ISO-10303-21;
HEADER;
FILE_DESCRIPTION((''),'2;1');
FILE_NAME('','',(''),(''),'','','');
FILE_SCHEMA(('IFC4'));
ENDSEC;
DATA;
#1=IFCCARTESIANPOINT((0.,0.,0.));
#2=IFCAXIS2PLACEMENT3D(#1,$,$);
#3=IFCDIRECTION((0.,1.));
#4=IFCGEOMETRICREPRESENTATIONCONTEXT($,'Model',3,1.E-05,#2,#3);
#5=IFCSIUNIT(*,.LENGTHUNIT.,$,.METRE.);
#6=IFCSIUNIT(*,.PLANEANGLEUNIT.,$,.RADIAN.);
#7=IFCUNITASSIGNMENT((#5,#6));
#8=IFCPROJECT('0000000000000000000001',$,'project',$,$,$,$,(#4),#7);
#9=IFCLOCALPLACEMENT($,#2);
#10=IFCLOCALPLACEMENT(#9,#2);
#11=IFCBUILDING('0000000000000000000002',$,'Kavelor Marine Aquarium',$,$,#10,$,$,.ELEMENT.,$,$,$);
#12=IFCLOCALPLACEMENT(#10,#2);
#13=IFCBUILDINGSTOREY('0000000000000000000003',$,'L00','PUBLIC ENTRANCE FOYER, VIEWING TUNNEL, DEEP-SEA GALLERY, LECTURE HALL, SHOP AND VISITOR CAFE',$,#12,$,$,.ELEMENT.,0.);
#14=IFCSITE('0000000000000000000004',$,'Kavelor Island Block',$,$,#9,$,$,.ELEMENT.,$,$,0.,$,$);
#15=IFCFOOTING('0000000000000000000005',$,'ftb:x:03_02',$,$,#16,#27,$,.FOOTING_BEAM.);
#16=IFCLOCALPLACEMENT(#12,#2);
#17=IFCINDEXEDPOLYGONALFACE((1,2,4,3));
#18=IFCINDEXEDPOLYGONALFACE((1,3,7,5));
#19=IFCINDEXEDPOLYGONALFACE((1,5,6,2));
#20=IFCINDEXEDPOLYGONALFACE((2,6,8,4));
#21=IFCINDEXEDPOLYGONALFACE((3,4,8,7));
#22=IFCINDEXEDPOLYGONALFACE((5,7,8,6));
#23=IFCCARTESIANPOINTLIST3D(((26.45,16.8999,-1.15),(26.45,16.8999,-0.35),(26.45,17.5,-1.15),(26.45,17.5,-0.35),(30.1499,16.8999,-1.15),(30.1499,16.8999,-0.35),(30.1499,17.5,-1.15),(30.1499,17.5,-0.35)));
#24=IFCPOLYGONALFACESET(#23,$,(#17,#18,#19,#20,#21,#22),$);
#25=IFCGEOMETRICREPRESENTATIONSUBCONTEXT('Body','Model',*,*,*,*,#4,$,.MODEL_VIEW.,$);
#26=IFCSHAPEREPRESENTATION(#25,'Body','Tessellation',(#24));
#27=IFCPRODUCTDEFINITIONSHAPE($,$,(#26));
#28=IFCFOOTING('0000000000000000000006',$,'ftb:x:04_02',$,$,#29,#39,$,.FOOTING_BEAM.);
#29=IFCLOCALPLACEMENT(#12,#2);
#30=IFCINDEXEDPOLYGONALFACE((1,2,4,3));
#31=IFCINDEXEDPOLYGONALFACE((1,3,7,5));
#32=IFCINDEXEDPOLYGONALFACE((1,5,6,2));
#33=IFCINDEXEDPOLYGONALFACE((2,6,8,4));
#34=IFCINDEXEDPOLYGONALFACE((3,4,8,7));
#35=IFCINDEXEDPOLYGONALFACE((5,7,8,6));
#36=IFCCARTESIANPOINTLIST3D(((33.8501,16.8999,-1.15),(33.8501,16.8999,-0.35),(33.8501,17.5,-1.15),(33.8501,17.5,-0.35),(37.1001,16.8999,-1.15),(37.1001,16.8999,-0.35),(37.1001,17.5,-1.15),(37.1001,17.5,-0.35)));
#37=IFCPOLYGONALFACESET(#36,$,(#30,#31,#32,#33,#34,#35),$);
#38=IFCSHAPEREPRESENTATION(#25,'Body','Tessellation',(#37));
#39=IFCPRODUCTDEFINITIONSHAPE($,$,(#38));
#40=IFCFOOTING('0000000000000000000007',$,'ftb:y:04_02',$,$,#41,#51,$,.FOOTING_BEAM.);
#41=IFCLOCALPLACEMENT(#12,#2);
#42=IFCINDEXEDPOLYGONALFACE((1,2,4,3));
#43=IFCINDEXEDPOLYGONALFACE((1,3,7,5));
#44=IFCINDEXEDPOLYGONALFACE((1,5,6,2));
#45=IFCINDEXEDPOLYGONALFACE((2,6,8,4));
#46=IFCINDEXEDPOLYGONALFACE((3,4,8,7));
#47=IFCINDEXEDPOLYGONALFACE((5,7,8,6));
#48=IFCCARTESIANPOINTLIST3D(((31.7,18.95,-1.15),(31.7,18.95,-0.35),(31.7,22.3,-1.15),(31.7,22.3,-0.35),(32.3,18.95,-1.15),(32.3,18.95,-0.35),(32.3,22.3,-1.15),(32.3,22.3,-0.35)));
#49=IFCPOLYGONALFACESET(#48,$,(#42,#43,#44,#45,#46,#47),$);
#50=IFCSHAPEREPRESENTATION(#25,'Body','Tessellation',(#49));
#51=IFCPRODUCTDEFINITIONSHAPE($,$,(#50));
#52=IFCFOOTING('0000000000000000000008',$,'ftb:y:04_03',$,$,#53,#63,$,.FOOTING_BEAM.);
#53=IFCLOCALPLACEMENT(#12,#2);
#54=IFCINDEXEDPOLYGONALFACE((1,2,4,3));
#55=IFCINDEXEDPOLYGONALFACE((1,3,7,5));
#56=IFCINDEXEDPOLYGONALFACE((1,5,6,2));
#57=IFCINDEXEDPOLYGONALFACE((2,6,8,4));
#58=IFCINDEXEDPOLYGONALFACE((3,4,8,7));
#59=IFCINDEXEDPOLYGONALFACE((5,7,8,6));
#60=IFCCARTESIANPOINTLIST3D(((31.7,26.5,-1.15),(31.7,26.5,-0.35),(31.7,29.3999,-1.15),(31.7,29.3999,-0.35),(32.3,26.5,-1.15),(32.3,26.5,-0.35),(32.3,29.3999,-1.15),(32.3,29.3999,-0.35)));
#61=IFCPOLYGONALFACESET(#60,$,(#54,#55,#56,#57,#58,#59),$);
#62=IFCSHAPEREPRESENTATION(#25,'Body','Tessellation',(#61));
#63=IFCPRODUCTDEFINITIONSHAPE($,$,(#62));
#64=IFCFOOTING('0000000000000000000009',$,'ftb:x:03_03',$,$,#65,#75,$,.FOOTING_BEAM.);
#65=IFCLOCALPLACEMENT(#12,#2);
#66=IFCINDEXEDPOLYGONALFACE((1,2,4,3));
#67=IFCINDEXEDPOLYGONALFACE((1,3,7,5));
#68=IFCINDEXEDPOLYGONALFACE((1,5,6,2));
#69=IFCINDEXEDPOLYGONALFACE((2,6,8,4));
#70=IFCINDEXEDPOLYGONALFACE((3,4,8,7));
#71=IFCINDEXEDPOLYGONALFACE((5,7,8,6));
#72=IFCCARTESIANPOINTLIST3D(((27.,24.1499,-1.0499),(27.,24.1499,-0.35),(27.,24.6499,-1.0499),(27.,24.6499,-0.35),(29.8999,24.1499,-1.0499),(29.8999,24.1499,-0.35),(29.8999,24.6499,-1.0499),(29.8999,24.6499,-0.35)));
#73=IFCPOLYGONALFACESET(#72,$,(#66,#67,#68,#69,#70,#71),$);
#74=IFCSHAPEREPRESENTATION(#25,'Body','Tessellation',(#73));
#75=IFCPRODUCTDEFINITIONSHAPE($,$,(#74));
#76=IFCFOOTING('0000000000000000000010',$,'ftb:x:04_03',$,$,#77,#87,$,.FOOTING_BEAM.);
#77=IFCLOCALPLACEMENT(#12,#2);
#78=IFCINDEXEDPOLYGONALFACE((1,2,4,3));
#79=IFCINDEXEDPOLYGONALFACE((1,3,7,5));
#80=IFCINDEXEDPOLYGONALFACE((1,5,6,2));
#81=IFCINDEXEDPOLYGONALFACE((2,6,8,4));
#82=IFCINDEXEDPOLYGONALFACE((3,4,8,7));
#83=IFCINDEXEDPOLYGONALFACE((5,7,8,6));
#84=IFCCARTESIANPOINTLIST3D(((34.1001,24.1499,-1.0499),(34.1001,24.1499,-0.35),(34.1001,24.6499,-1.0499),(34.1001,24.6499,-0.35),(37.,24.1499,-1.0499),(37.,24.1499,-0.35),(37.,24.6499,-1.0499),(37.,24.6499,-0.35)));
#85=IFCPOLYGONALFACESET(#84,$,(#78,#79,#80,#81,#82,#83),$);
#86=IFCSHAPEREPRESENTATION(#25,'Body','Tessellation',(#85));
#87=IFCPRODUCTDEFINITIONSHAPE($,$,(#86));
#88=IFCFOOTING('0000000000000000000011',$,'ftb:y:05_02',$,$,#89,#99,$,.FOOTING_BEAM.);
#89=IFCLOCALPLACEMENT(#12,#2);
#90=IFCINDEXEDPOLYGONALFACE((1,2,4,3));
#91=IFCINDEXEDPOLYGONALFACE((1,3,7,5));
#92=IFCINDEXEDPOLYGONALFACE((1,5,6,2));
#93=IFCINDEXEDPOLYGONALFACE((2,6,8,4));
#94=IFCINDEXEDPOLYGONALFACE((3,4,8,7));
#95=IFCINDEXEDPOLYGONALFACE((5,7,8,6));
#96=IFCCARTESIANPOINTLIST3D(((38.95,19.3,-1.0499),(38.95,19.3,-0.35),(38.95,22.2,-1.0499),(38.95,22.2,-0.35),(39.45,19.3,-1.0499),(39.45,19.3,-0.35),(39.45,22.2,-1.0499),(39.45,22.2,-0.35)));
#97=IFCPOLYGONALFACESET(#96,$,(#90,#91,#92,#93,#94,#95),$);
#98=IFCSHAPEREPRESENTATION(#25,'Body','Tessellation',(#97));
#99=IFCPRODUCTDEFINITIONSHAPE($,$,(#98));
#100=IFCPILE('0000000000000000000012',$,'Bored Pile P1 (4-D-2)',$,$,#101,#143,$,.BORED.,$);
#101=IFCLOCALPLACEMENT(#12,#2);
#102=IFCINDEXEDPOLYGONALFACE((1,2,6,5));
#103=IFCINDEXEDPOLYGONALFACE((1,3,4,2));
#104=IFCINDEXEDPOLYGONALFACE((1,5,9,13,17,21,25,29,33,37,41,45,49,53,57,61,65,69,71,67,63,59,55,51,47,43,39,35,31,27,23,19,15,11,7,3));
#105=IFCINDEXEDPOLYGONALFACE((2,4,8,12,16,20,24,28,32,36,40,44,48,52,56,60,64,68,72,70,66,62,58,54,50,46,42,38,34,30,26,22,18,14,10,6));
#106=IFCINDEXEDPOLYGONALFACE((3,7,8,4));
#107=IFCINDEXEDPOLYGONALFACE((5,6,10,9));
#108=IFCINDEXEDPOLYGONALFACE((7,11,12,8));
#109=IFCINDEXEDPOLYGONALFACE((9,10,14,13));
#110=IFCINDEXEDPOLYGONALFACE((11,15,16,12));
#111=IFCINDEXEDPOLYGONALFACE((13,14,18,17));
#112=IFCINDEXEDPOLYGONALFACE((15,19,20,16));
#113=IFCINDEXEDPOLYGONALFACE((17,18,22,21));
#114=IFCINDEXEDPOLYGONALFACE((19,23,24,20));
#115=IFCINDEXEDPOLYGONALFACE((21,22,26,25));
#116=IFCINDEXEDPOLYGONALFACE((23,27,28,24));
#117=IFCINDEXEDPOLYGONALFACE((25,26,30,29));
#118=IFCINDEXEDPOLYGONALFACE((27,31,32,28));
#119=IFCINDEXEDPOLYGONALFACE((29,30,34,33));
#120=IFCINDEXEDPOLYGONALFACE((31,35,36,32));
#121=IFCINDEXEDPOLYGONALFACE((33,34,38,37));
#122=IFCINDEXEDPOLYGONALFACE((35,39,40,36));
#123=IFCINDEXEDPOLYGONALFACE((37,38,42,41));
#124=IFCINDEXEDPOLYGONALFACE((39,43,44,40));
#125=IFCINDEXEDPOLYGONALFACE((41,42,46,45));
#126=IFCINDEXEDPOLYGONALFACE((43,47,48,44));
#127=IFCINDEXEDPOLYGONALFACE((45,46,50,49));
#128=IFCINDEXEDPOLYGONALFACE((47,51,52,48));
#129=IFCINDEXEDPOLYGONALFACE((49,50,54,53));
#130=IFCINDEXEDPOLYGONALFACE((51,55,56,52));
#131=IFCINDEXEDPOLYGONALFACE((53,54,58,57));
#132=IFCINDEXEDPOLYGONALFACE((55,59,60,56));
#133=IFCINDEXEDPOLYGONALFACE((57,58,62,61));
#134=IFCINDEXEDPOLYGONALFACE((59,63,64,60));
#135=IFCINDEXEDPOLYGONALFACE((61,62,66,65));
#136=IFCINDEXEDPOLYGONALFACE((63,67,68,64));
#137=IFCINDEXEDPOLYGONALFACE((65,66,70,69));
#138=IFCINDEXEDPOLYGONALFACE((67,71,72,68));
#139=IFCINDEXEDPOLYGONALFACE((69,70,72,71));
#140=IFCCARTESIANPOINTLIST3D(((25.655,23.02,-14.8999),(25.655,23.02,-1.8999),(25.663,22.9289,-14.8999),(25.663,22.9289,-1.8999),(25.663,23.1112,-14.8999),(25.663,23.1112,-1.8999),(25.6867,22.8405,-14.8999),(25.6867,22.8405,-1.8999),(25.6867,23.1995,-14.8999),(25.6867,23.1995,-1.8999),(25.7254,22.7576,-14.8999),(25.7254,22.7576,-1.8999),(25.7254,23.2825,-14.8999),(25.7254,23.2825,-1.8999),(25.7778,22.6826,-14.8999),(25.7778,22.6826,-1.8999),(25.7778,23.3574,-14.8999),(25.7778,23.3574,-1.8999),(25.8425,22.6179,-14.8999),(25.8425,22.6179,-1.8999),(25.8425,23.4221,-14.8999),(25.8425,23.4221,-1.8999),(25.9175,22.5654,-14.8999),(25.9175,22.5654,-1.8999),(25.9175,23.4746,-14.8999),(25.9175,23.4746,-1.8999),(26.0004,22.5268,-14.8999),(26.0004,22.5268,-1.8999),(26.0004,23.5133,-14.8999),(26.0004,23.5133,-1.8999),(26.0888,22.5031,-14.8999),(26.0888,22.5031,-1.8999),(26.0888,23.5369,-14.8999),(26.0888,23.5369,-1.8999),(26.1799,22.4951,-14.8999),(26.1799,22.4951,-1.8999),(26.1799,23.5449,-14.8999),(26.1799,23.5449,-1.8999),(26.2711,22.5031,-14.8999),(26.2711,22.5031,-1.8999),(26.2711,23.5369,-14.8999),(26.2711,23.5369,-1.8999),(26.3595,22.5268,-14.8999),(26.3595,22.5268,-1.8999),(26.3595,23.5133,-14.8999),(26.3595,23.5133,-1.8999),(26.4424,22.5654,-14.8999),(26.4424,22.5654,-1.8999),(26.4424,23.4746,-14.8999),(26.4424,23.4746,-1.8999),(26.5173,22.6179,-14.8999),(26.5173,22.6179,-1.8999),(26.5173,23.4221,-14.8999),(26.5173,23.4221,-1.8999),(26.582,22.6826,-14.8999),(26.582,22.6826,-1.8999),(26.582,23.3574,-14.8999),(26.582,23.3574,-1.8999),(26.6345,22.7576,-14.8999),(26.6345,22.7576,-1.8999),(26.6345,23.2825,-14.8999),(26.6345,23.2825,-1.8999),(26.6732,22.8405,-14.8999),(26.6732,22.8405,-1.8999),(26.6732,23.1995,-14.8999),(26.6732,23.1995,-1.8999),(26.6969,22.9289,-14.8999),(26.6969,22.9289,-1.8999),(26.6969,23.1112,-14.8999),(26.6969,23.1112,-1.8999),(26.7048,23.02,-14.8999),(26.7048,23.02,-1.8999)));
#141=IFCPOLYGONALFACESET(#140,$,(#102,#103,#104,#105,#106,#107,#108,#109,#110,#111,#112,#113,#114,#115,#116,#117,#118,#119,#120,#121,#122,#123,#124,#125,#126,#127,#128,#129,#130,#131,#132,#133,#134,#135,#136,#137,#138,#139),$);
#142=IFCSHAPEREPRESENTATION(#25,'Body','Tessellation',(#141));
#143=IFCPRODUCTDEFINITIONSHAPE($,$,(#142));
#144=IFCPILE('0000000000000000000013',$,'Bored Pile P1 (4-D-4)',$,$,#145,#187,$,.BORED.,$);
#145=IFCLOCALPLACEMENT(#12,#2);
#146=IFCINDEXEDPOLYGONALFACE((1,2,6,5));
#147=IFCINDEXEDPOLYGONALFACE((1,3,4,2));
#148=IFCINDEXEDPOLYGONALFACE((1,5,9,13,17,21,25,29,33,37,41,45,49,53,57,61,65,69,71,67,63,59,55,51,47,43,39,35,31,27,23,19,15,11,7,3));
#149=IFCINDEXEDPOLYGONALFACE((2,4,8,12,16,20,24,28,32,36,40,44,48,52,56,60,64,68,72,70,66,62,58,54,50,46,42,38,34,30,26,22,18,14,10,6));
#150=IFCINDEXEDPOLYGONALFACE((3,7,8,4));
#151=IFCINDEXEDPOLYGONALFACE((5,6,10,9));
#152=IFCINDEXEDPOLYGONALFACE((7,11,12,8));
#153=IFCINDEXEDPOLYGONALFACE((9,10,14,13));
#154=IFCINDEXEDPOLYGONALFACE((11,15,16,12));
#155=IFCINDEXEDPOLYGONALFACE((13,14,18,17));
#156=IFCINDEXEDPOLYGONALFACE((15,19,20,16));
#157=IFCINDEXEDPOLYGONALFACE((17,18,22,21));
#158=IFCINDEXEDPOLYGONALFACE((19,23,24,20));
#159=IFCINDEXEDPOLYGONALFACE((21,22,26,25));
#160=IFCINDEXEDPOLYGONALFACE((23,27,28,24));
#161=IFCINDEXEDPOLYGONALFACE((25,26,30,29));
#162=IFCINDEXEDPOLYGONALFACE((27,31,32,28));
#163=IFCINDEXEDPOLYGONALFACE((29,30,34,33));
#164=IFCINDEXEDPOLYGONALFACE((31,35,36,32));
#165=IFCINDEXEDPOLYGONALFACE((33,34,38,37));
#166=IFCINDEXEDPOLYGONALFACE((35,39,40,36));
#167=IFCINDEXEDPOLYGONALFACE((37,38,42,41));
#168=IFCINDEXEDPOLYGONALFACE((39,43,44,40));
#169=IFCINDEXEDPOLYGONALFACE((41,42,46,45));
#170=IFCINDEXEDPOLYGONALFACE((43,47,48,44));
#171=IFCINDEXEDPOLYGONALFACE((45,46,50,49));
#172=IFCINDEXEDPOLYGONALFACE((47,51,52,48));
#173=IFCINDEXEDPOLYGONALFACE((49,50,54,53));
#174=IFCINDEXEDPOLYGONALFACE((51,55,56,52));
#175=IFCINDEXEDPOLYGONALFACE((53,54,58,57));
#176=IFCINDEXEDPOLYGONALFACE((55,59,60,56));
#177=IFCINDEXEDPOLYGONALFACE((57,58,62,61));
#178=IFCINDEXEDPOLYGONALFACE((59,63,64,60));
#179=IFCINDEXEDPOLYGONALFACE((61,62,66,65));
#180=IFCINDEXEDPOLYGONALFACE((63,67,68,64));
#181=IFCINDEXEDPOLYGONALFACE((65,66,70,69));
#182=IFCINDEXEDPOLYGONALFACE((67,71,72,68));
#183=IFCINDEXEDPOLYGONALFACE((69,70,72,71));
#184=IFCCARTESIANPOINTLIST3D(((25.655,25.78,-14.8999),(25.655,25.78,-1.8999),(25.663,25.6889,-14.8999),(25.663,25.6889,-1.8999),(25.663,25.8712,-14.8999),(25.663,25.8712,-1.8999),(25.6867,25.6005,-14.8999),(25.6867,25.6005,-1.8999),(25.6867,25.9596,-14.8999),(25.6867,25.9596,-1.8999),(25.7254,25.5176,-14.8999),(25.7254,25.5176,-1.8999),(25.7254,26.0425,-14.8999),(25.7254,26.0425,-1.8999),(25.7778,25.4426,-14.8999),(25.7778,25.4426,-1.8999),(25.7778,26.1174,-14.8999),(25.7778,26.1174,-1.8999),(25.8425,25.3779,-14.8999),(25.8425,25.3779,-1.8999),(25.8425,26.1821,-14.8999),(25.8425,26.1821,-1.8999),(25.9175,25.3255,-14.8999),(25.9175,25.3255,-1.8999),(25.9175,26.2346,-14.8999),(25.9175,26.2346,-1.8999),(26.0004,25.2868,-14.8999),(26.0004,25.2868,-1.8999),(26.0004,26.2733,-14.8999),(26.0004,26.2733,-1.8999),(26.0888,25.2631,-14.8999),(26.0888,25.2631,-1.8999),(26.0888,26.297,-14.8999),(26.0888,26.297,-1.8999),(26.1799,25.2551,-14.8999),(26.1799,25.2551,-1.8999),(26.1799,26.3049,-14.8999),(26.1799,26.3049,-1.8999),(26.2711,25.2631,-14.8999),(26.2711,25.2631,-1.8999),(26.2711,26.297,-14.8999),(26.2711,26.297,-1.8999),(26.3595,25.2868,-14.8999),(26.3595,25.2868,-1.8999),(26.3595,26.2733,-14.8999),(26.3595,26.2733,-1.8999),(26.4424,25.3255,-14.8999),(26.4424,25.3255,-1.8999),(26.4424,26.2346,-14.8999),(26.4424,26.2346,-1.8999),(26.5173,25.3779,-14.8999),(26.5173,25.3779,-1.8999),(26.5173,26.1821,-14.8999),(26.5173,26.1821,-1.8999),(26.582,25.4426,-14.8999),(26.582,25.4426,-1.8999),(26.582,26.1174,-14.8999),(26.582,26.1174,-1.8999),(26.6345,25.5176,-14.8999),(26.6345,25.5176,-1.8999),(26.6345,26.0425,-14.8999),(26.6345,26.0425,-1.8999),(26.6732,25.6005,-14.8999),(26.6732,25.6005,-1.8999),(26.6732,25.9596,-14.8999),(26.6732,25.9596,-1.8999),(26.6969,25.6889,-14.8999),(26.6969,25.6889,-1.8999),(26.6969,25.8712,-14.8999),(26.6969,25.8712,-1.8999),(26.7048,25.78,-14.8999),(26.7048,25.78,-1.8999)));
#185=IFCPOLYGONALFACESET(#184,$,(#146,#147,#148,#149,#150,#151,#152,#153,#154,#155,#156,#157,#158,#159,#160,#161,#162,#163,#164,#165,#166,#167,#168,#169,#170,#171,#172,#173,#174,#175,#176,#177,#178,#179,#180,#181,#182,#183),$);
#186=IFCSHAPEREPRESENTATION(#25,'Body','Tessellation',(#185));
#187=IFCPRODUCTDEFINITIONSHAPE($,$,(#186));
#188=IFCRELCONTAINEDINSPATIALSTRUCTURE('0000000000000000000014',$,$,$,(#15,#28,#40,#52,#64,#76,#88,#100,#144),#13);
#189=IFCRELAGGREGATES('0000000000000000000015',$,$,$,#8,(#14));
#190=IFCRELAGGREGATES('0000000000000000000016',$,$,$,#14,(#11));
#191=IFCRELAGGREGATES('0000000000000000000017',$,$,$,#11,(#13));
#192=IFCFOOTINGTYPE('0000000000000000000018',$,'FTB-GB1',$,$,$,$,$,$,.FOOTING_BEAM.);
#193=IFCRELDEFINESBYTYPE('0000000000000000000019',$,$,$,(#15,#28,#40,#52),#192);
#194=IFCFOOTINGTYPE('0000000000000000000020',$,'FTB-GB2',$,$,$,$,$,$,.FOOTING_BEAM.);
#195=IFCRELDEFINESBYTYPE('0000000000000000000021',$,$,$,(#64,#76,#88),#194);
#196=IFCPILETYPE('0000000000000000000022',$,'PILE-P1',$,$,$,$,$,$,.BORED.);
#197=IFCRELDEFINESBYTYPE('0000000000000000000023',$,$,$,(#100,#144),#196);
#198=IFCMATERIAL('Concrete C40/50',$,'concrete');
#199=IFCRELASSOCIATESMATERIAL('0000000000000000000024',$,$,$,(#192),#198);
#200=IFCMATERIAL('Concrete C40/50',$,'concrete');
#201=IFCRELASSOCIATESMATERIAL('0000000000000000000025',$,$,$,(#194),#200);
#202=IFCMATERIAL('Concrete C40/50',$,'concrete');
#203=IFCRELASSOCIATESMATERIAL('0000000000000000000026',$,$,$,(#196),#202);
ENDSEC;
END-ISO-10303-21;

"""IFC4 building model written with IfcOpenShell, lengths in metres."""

from ifc_helpers import new_model, si_unit, direction, frame, origin, origin_2d, place, context, subcontext, project, spatial, rectangle, circle, extrude, material, material_profile, profile_set, type_object, element, save


model = new_model("IFC4")

# Units and contexts
model_context = context("Model", 3, precision=1e-05, world=origin(), true_north=direction((0.0, 1.0)))
body_context = subcontext(model_context, "Body", "Model", "MODEL_VIEW")
ifc_project = project(units=[si_unit("LENGTHUNIT", "METRE"), si_unit("PLANEANGLEUNIT", "RADIAN")], contexts=[model_context])

# Site, building, storey
site_placement = place(None, origin())
site = spatial("IfcSite", under=ifc_project, at=site_placement, Name="Kavelor Island Block", CompositionType="ELEMENT", RefElevation=0.0)
building_placement = place(site_placement, origin())
building = spatial("IfcBuilding", under=site, at=building_placement, Name="Kavelor Marine Aquarium", CompositionType="ELEMENT")
storey_placement = place(building_placement, origin())
storey = spatial("IfcBuildingStorey", under=building, at=storey_placement, Name="L00", Description="PUBLIC ENTRANCE FOYER, VIEWING TUNNEL, DEEP-SEA GALLERY, LECTURE HALL, SHOP AND VISITOR CAFE", CompositionType="ELEMENT", Elevation=0.0)

# Footings
ifc_material_1 = material(Name="Concrete C40/50", Category="concrete")
ifc_material_profile_1 = material_profile(ifc_material_1, rectangle(XDim=0.6001, YDim=0.8, at=origin_2d()), Name="GB 600x800")
ifc_profile_set_1 = profile_set([ifc_material_profile_1], Name="Concrete C40/50")
footing_type_1 = type_object("IfcFootingType", Name="FTB-GB1", PredefinedType="FOOTING_BEAM", material=ifc_profile_set_1)
footing_1_placement = place(storey_placement, frame((26.45, 17.2, -0.75), z_axis=(1.0, 0.0, 0.0), x_axis=(0.0, 1.0, 0.0)))
element("IfcFooting", 1, at=footing_1_placement, inside=storey, type_object=footing_type_1, Name="ftb:x:03_02", PredefinedType="FOOTING_BEAM", context=body_context, shape_type="SweptSolid", body=[
    extrude(rectangle(XDim=0.6001, YDim=0.8, at=origin_2d()), origin(), (0.0, 0.0, 1.0), 3.7),
])
footing_2_placement = place(storey_placement, frame((33.8501, 17.2, -0.75), z_axis=(1.0, 0.0, 0.0), x_axis=(0.0, 1.0, 0.0)))
element("IfcFooting", 2, at=footing_2_placement, inside=storey, type_object=footing_type_1, Name="ftb:x:04_02", PredefinedType="FOOTING_BEAM", context=body_context, shape_type="SweptSolid", body=[
    extrude(rectangle(XDim=0.6001, YDim=0.8, at=origin_2d()), origin(), (0.0, 0.0, 1.0), 3.25),
])
footing_3_placement = place(storey_placement, frame((32.0, 18.95, -0.75), z_axis=(0.0, 1.0, 0.0), x_axis=(-1.0, 0.0, 0.0)))
element("IfcFooting", 3, at=footing_3_placement, inside=storey, type_object=footing_type_1, Name="ftb:y:04_02", PredefinedType="FOOTING_BEAM", context=body_context, shape_type="SweptSolid", body=[
    extrude(rectangle(XDim=0.6001, YDim=0.8, at=origin_2d()), origin(), (0.0, 0.0, 1.0), 3.3501),
])
footing_4_placement = place(storey_placement, frame((32.0, 26.5, -0.75), z_axis=(0.0, 1.0, 0.0), x_axis=(-1.0, 0.0, 0.0)))
element("IfcFooting", 4, at=footing_4_placement, inside=storey, type_object=footing_type_1, Name="ftb:y:04_03", PredefinedType="FOOTING_BEAM", context=body_context, shape_type="SweptSolid", body=[
    extrude(rectangle(XDim=0.6001, YDim=0.8, at=origin_2d()), origin(), (0.0, 0.0, 1.0), 2.8999),
])
ifc_material_2 = material(Name="Concrete C40/50", Category="concrete")
ifc_material_profile_2 = material_profile(ifc_material_2, rectangle(XDim=0.5, YDim=0.7, at=origin_2d()), Name="GB 500x700")
ifc_profile_set_2 = profile_set([ifc_material_profile_2], Name="Concrete C40/50")
footing_type_2 = type_object("IfcFootingType", Name="FTB-GB2", PredefinedType="FOOTING_BEAM", material=ifc_profile_set_2)
for number, where, z_axis, x_axis, name in (
    (5, (27.0, 24.3999, -0.7), (1.0, 0.0, 0.0), (0.0, 1.0, 0.0), "ftb:x:03_03"),
    (6, (34.1001, 24.3999, -0.7), (1.0, 0.0, 0.0), (0.0, 1.0, 0.0), "ftb:x:04_03"),
    (7, (39.2, 19.3, -0.7), (0.0, 1.0, 0.0), (-1.0, 0.0, 0.0), "ftb:y:05_02"),
):
    element("IfcFooting", number, at=place(storey_placement, frame(where, z_axis=z_axis, x_axis=x_axis)), inside=storey, type_object=footing_type_2, Name=name, PredefinedType="FOOTING_BEAM", context=body_context, shape_type="SweptSolid", body=[
        extrude(rectangle(XDim=0.5, YDim=0.7, at=origin_2d()), origin(), (0.0, 0.0, 1.0), 2.8999),
    ])

# Piles
ifc_material_3 = material(Name="Concrete C40/50", Category="concrete")
ifc_material_profile_3 = material_profile(ifc_material_3, circle(Radius=0.5249, at=origin_2d()), Name="PILE D1050")
ifc_profile_set_3 = profile_set([ifc_material_profile_3], Name="Concrete C40/50")
pile_type_1 = type_object("IfcPileType", Name="PILE-P1", PredefinedType="BORED", material=ifc_profile_set_3)
for number, where, z_axis, x_axis, name in (
    (8, (26.1799, 23.02, -1.8999), (0.0, 0.0, -1.0), (1.0, 0.0, 0.0), "Bored Pile P1 (4-D-2)"),
    (9, (26.1799, 25.78, -1.8999), (0.0, 0.0, -1.0), (1.0, 0.0, 0.0), "Bored Pile P1 (4-D-4)"),
):
    element("IfcPile", number, at=place(storey_placement, frame(where, z_axis=z_axis, x_axis=x_axis)), inside=storey, type_object=pile_type_1, Name=name, PredefinedType="BORED", context=body_context, shape_type="SweptSolid", body=[
        extrude(circle(Radius=0.5249, at=origin_2d()), origin(), (0.0, 0.0, 1.0), 13.0),
    ])

save(model, "model.ifc")
